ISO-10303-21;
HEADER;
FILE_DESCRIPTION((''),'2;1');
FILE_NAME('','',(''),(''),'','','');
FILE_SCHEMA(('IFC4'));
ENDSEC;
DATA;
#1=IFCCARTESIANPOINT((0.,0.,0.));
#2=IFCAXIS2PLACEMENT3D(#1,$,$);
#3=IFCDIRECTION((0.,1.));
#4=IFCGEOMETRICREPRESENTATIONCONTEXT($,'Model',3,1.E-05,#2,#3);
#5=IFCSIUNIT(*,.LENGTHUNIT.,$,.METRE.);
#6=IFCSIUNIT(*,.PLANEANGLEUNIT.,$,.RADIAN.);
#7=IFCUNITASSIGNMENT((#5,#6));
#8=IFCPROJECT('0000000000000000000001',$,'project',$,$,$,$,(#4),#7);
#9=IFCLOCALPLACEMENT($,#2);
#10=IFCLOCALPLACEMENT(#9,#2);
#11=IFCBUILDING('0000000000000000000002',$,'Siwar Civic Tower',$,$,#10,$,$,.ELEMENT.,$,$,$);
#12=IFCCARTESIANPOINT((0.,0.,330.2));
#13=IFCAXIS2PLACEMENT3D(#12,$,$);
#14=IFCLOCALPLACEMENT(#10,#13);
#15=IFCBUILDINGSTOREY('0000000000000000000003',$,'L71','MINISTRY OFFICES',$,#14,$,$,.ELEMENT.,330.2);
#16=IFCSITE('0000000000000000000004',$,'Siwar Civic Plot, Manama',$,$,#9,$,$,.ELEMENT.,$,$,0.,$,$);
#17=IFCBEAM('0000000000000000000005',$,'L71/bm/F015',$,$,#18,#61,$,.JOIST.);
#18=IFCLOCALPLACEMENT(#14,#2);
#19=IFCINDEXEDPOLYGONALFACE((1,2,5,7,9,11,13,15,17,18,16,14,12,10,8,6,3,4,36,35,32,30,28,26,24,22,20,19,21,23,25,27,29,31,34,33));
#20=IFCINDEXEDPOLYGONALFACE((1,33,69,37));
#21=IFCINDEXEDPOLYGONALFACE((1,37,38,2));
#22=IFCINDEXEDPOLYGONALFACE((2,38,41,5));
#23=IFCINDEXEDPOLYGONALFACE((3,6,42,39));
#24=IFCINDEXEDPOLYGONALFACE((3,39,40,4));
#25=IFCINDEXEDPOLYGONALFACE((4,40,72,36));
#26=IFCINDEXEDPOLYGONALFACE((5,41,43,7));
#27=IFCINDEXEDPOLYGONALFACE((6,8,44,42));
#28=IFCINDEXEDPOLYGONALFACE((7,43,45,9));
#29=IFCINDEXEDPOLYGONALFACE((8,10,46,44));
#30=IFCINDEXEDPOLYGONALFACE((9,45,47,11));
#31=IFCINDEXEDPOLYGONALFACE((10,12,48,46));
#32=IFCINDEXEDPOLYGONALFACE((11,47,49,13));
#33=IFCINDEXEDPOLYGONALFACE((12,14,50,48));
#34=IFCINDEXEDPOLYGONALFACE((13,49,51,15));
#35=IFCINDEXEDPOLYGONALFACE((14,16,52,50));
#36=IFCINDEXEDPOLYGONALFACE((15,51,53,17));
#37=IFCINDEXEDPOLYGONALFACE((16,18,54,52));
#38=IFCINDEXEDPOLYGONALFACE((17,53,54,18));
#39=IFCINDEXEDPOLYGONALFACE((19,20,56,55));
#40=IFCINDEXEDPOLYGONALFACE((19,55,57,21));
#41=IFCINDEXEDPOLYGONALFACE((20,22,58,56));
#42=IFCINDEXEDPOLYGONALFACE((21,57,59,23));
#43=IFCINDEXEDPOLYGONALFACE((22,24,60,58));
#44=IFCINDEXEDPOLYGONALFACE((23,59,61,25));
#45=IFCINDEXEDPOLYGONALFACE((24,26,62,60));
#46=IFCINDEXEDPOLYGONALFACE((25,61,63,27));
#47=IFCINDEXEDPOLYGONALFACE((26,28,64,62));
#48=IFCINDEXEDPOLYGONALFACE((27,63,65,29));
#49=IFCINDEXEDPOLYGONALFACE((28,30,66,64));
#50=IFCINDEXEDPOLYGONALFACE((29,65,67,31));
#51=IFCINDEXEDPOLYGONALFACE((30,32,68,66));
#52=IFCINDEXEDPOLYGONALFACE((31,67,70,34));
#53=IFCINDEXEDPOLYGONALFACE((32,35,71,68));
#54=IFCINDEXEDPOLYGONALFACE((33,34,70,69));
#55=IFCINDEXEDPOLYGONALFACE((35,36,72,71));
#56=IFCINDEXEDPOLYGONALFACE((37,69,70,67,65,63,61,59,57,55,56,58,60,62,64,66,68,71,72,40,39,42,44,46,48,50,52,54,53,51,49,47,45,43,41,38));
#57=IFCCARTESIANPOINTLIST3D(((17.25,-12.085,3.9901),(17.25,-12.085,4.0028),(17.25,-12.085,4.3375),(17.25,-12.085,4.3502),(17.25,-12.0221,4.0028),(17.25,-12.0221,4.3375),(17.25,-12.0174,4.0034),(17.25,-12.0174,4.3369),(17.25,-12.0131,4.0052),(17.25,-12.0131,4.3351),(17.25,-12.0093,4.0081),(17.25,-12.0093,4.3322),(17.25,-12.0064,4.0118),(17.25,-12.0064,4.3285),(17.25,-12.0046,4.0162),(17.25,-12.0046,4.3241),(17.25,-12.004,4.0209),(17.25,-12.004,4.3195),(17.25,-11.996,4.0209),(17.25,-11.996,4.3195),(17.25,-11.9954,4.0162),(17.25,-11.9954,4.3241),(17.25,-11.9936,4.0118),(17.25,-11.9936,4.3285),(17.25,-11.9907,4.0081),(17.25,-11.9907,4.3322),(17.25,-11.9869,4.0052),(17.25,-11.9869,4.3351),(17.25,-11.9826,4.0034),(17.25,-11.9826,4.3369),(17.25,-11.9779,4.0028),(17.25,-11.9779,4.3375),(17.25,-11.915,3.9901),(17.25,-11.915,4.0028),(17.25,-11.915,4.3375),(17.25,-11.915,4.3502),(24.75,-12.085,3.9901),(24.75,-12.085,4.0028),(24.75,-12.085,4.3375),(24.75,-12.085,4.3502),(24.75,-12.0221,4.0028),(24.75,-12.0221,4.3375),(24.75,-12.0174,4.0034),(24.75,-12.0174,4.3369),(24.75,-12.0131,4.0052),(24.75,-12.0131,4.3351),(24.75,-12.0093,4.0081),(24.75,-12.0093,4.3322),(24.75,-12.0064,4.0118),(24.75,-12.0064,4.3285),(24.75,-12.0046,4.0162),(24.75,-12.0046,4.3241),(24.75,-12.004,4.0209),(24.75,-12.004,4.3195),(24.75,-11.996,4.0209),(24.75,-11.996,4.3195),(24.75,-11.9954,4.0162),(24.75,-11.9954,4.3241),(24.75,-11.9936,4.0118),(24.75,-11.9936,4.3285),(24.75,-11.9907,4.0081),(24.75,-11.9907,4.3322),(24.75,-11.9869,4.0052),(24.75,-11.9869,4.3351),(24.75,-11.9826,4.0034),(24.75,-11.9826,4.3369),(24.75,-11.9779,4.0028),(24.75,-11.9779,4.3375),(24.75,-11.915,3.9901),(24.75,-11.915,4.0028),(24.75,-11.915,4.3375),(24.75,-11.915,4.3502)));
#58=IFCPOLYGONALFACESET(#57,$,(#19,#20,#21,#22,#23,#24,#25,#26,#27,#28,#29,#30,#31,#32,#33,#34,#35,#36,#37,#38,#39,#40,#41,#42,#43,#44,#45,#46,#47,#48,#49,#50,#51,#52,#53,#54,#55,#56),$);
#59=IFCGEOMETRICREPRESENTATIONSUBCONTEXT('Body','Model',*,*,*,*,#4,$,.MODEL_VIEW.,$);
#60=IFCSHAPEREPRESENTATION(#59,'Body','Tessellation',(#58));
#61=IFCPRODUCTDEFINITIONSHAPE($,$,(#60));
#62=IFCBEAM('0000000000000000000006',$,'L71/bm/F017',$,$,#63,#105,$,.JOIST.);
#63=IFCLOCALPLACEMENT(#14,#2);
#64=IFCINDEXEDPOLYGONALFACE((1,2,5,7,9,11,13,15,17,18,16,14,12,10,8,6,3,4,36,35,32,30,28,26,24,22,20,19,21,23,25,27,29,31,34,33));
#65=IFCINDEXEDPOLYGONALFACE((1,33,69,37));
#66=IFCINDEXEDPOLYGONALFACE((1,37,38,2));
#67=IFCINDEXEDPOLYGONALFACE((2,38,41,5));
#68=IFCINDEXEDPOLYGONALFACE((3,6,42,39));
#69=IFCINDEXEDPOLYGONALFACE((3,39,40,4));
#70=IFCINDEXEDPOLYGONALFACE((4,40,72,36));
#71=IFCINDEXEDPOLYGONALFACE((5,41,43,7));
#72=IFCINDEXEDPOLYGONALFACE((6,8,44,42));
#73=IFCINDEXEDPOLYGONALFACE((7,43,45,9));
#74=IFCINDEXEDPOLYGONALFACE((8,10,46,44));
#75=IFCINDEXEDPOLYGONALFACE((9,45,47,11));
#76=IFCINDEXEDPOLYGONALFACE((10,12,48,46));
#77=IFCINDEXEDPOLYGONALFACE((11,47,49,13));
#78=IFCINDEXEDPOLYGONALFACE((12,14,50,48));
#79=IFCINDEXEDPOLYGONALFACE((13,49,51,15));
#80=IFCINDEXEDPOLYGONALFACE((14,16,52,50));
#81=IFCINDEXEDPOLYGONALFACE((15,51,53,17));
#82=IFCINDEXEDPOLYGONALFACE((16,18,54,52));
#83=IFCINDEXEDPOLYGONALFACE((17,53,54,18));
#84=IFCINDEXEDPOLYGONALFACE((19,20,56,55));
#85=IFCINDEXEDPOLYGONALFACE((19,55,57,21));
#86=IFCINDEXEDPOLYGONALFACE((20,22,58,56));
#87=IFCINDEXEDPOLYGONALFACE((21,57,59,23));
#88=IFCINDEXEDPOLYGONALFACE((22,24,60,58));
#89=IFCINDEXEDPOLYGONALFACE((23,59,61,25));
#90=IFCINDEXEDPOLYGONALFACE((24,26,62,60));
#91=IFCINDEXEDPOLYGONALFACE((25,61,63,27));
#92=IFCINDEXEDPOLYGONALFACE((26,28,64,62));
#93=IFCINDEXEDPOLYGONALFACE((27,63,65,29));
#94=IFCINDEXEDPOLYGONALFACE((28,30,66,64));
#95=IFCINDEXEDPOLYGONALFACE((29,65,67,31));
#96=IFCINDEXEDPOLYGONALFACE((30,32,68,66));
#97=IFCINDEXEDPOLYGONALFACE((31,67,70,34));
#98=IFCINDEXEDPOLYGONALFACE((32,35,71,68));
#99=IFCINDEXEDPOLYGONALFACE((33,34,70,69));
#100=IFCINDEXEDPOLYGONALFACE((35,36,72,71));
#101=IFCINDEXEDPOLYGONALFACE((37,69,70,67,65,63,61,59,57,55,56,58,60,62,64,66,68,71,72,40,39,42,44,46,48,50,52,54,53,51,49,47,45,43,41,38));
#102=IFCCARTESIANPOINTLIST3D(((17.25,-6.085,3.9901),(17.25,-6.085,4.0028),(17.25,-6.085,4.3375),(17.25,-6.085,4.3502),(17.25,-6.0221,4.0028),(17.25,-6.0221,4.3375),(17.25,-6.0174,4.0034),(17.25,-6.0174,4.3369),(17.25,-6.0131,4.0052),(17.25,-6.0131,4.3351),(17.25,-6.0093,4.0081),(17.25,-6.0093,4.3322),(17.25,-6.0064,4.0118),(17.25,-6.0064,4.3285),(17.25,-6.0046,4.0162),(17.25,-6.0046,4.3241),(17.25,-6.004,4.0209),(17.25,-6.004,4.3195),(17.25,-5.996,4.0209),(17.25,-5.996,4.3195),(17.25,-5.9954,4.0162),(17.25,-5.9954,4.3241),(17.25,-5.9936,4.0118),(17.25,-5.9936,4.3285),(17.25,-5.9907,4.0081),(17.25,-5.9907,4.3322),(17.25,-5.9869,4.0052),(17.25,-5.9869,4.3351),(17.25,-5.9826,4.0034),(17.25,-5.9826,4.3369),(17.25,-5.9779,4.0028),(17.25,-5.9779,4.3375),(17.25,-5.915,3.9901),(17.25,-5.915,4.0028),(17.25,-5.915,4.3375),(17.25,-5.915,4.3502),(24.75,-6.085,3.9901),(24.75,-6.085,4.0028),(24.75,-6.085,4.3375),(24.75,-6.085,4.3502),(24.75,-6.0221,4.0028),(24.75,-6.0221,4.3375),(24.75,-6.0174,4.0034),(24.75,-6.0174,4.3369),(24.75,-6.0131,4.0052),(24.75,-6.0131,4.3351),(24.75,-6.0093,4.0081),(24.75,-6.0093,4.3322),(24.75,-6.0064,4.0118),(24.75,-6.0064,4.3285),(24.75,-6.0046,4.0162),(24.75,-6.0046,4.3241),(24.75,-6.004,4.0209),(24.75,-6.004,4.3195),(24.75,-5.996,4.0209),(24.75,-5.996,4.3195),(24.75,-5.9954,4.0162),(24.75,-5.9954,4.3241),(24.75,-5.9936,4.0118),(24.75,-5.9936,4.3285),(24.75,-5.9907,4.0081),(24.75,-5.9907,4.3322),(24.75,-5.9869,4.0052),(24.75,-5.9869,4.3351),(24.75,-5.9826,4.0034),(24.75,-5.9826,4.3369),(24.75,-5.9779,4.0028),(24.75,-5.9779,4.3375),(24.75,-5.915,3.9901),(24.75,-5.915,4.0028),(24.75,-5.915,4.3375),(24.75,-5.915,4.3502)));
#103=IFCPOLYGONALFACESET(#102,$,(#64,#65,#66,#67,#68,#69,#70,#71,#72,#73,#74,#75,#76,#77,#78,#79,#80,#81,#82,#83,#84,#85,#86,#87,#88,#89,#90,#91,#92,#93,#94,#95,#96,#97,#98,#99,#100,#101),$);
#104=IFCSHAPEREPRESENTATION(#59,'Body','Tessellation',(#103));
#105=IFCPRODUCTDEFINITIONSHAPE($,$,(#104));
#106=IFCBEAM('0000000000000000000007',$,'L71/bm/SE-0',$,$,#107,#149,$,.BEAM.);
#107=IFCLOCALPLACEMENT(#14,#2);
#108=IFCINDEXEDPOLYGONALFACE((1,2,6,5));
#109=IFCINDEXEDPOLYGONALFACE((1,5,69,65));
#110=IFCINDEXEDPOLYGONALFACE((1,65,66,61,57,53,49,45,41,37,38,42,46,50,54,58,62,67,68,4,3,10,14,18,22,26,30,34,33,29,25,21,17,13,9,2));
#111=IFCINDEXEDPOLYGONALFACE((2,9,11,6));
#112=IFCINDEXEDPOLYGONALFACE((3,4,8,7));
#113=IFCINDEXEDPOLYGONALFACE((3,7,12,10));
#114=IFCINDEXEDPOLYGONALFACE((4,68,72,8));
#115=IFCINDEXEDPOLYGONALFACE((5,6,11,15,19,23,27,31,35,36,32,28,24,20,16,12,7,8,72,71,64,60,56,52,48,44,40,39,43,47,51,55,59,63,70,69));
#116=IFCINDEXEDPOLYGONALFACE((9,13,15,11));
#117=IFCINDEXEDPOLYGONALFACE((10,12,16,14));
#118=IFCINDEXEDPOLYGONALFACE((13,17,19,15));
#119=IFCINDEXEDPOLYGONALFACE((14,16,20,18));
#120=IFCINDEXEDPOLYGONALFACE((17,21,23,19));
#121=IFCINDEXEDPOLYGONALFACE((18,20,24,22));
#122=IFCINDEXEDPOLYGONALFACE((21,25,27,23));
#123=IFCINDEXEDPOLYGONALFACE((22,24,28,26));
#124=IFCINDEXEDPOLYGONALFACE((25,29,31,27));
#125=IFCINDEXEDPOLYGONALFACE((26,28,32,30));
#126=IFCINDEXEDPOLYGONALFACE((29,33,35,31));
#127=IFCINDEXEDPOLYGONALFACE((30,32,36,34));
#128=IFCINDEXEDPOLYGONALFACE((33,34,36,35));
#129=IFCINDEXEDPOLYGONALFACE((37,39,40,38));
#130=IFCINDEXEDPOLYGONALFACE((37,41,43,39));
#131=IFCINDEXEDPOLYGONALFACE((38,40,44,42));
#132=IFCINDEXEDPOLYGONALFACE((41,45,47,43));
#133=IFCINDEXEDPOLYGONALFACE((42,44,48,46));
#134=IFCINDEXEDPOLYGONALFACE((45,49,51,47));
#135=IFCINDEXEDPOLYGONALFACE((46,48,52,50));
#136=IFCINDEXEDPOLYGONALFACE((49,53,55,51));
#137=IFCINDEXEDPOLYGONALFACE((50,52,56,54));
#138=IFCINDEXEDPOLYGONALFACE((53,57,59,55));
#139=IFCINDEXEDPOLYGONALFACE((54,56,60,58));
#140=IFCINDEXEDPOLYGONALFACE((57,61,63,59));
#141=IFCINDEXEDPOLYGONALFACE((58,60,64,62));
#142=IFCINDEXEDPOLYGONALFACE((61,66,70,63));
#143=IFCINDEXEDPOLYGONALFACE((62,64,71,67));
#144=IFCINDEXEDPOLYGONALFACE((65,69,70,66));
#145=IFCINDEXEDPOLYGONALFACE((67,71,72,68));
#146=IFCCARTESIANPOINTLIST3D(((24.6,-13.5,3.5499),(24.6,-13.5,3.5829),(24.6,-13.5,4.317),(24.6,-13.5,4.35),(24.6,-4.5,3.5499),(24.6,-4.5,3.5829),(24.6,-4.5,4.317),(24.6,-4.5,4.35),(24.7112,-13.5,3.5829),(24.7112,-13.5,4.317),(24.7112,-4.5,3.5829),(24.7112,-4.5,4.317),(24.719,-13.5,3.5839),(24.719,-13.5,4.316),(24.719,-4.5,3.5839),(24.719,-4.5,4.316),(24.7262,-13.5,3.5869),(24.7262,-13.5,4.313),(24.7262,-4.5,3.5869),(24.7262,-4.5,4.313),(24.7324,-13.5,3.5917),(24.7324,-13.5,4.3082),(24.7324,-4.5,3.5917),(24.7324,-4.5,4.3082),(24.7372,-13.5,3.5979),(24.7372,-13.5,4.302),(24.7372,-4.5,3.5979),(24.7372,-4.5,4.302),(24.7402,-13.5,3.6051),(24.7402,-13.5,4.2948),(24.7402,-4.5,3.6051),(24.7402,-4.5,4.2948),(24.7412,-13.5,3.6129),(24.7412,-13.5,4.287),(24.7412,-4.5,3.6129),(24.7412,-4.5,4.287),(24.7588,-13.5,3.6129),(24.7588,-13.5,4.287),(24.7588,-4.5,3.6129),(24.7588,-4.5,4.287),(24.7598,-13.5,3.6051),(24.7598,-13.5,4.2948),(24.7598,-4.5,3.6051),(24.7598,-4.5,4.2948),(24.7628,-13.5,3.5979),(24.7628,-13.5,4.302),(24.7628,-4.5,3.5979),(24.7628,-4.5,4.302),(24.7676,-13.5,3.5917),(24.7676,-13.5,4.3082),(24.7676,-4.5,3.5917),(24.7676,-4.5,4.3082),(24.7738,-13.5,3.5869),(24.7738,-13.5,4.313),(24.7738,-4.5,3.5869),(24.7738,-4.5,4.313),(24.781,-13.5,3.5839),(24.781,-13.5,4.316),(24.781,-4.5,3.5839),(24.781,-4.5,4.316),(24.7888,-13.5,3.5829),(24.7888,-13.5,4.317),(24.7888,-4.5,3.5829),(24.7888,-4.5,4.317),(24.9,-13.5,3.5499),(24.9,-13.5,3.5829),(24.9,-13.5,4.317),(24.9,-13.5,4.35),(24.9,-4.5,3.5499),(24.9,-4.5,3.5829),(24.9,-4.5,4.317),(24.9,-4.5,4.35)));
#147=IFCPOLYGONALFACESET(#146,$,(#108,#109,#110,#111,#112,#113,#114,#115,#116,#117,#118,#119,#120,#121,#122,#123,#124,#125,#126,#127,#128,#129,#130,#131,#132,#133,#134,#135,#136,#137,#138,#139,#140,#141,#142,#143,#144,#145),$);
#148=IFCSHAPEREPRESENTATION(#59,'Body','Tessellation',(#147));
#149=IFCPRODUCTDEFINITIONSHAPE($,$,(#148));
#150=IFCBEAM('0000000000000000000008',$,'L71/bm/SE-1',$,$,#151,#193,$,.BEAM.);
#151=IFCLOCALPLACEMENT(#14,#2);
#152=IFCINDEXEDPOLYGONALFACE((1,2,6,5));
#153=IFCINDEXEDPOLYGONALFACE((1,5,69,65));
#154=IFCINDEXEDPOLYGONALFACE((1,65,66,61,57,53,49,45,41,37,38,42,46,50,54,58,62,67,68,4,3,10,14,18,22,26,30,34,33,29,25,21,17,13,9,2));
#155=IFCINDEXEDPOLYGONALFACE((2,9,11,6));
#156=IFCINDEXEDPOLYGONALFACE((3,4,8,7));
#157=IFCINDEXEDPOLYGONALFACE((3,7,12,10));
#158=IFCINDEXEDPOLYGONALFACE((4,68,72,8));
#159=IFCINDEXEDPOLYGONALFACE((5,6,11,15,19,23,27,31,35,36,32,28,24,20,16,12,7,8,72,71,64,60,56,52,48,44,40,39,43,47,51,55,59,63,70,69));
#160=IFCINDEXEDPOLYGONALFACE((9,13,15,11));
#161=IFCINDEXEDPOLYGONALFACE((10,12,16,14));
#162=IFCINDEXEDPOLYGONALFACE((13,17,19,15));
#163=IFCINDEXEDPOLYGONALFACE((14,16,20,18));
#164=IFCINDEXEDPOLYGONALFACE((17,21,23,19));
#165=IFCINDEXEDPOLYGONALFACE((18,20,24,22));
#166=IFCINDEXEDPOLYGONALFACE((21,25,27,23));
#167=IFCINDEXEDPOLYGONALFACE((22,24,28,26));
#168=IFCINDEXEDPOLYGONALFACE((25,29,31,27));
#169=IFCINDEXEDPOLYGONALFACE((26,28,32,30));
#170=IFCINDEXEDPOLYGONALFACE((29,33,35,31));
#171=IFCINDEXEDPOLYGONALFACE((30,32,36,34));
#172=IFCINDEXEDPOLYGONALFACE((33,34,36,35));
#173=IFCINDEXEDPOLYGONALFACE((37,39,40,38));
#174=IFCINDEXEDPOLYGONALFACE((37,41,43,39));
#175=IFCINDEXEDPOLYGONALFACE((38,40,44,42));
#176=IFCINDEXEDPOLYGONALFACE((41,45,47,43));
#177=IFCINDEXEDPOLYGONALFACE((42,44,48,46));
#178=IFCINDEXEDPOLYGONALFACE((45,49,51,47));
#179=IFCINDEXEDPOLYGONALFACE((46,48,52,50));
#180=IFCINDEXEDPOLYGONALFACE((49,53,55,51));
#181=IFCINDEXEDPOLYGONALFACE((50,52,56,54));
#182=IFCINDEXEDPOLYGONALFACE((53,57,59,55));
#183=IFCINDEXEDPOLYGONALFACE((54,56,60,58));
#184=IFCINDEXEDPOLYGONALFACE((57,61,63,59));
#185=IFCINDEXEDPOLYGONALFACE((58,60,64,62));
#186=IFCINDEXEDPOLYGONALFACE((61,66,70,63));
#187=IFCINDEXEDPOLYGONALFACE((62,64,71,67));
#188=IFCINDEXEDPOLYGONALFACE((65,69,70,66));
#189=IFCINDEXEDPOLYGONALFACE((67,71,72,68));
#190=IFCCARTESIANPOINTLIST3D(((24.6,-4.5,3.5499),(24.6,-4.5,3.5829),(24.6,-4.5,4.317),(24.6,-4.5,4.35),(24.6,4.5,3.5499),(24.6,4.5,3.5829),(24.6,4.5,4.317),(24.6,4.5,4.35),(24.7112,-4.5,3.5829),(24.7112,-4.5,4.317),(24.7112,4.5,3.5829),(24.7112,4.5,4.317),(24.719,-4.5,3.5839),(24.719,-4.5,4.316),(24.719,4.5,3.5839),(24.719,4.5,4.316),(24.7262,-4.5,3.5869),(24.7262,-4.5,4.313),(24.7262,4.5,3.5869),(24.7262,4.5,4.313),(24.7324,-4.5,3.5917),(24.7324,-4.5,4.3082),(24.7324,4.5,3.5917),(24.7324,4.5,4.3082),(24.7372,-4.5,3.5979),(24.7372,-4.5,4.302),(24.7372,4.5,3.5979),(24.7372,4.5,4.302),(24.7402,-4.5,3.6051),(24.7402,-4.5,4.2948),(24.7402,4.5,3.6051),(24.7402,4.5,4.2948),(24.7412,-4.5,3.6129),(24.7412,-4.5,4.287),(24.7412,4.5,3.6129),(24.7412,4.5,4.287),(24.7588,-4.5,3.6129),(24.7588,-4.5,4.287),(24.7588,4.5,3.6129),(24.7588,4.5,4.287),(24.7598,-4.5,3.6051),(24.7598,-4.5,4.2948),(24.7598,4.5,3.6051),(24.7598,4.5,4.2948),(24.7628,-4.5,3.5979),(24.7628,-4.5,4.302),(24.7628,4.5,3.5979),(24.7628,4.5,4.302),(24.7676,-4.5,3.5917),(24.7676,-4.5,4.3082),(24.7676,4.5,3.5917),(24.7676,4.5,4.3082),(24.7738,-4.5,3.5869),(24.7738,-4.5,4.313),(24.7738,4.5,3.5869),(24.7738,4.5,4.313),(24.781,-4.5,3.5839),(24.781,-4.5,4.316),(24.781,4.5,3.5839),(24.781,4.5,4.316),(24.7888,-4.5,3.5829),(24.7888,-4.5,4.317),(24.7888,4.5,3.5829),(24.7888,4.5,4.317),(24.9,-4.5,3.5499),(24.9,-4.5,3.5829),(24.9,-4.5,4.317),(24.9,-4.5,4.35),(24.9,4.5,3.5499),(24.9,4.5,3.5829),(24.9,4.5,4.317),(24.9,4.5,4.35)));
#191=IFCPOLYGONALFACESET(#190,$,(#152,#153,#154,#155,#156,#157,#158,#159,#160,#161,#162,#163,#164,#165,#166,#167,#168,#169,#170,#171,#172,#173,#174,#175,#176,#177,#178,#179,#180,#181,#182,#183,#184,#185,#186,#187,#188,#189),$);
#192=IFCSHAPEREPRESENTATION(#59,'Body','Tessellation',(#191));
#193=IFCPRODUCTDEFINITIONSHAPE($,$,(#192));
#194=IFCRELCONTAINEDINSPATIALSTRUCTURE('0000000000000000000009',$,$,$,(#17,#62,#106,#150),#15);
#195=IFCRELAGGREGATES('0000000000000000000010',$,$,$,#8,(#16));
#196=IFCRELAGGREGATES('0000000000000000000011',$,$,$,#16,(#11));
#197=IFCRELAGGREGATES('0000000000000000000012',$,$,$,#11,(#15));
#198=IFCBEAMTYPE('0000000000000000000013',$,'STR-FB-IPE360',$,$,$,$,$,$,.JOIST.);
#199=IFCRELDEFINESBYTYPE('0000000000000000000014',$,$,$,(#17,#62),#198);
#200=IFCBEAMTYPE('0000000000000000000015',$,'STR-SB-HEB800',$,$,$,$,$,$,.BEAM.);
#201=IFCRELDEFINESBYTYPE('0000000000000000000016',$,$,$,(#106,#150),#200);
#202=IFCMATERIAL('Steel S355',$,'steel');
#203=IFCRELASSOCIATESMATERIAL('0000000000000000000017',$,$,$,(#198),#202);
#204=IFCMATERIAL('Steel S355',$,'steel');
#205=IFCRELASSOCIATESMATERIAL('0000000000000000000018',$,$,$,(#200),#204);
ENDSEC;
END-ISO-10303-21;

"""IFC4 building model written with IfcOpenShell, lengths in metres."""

from ifc_helpers import new_model, si_unit, direction, frame, origin, origin_2d, place, context, subcontext, project, spatial, i_section, extrude, material, material_profile, profile_set, type_object, element, save


model = new_model("IFC4")

# Units and contexts
model_context = context("Model", 3, precision=1e-05, world=origin(), true_north=direction((0.0, 1.0)))
body_context = subcontext(model_context, "Body", "Model", "MODEL_VIEW")
ifc_project = project(units=[si_unit("LENGTHUNIT", "METRE"), si_unit("PLANEANGLEUNIT", "RADIAN")], contexts=[model_context])

# Site, building, storey
site_placement = place(None, origin())
site = spatial("IfcSite", under=ifc_project, at=site_placement, Name="Siwar Civic Plot, Manama", CompositionType="ELEMENT", RefElevation=0.0)
building_placement = place(site_placement, origin())
building = spatial("IfcBuilding", under=site, at=building_placement, Name="Siwar Civic Tower", CompositionType="ELEMENT")
storey_placement = place(building_placement, frame((0.0, 0.0, 330.2)))
storey = spatial("IfcBuildingStorey", under=building, at=storey_placement, Name="L71", Description="MINISTRY OFFICES", CompositionType="ELEMENT", Elevation=330.2)

# Beams
ifc_material_1 = material(Name="Steel S355", Category="steel")
ifc_material_profile_1 = material_profile(ifc_material_1, i_section(OverallWidth=0.1699, OverallDepth=0.3601, WebThickness=0.0081, FlangeThickness=0.0127, FilletRadius=0.0181, at=origin_2d()), Name="IPE360")
ifc_profile_set_1 = profile_set([ifc_material_profile_1], Name="Steel S355")
beam_type_1 = type_object("IfcBeamType", Name="STR-FB-IPE360", PredefinedType="JOIST", material=ifc_profile_set_1)
for number, where, z_axis, x_axis, name in (
    (1, (17.25, -12.0, 4.1702), (1.0, 0.0, 0.0), (0.0, 1.0, 0.0), "L71/bm/F015"),
    (2, (17.25, -6.0, 4.1702), (1.0, 0.0, 0.0), (0.0, 1.0, 0.0), "L71/bm/F017"),
):
    element("IfcBeam", number, at=place(storey_placement, frame(where, z_axis=z_axis, x_axis=x_axis)), inside=storey, type_object=beam_type_1, Name=name, PredefinedType="JOIST", context=body_context, shape_type="SweptSolid", body=[
        extrude(i_section(OverallWidth=0.1699, OverallDepth=0.3601, WebThickness=0.0081, FlangeThickness=0.0127, FilletRadius=0.0181, at=origin_2d()), origin(), (0.0, 0.0, 1.0), 7.5),
    ])
ifc_material_2 = material(Name="Steel S355", Category="steel")
ifc_material_profile_2 = material_profile(ifc_material_2, i_section(OverallWidth=0.3, OverallDepth=0.8, WebThickness=0.0176, FlangeThickness=0.033, FilletRadius=0.03, at=origin_2d()), Name="HEB800")
ifc_profile_set_2 = profile_set([ifc_material_profile_2], Name="Steel S355")
beam_type_2 = type_object("IfcBeamType", Name="STR-SB-HEB800", PredefinedType="BEAM", material=ifc_profile_set_2)
for number, where, z_axis, x_axis, name in (
    (3, (24.75, -13.5, 3.95), (0.0, 1.0, 0.0), (-1.0, 0.0, 0.0), "L71/bm/SE-0"),
    (4, (24.75, -4.5, 3.95), (0.0, 1.0, 0.0), (-1.0, 0.0, 0.0), "L71/bm/SE-1"),
):
    element("IfcBeam", number, at=place(storey_placement, frame(where, z_axis=z_axis, x_axis=x_axis)), inside=storey, type_object=beam_type_2, Name=name, PredefinedType="BEAM", context=body_context, shape_type="SweptSolid", body=[
        extrude(i_section(OverallWidth=0.3, OverallDepth=0.8, WebThickness=0.0176, FlangeThickness=0.033, FilletRadius=0.03, at=origin_2d()), origin(), (0.0, 0.0, 1.0), 9.0),
    ])

save(model, "model.ifc")
